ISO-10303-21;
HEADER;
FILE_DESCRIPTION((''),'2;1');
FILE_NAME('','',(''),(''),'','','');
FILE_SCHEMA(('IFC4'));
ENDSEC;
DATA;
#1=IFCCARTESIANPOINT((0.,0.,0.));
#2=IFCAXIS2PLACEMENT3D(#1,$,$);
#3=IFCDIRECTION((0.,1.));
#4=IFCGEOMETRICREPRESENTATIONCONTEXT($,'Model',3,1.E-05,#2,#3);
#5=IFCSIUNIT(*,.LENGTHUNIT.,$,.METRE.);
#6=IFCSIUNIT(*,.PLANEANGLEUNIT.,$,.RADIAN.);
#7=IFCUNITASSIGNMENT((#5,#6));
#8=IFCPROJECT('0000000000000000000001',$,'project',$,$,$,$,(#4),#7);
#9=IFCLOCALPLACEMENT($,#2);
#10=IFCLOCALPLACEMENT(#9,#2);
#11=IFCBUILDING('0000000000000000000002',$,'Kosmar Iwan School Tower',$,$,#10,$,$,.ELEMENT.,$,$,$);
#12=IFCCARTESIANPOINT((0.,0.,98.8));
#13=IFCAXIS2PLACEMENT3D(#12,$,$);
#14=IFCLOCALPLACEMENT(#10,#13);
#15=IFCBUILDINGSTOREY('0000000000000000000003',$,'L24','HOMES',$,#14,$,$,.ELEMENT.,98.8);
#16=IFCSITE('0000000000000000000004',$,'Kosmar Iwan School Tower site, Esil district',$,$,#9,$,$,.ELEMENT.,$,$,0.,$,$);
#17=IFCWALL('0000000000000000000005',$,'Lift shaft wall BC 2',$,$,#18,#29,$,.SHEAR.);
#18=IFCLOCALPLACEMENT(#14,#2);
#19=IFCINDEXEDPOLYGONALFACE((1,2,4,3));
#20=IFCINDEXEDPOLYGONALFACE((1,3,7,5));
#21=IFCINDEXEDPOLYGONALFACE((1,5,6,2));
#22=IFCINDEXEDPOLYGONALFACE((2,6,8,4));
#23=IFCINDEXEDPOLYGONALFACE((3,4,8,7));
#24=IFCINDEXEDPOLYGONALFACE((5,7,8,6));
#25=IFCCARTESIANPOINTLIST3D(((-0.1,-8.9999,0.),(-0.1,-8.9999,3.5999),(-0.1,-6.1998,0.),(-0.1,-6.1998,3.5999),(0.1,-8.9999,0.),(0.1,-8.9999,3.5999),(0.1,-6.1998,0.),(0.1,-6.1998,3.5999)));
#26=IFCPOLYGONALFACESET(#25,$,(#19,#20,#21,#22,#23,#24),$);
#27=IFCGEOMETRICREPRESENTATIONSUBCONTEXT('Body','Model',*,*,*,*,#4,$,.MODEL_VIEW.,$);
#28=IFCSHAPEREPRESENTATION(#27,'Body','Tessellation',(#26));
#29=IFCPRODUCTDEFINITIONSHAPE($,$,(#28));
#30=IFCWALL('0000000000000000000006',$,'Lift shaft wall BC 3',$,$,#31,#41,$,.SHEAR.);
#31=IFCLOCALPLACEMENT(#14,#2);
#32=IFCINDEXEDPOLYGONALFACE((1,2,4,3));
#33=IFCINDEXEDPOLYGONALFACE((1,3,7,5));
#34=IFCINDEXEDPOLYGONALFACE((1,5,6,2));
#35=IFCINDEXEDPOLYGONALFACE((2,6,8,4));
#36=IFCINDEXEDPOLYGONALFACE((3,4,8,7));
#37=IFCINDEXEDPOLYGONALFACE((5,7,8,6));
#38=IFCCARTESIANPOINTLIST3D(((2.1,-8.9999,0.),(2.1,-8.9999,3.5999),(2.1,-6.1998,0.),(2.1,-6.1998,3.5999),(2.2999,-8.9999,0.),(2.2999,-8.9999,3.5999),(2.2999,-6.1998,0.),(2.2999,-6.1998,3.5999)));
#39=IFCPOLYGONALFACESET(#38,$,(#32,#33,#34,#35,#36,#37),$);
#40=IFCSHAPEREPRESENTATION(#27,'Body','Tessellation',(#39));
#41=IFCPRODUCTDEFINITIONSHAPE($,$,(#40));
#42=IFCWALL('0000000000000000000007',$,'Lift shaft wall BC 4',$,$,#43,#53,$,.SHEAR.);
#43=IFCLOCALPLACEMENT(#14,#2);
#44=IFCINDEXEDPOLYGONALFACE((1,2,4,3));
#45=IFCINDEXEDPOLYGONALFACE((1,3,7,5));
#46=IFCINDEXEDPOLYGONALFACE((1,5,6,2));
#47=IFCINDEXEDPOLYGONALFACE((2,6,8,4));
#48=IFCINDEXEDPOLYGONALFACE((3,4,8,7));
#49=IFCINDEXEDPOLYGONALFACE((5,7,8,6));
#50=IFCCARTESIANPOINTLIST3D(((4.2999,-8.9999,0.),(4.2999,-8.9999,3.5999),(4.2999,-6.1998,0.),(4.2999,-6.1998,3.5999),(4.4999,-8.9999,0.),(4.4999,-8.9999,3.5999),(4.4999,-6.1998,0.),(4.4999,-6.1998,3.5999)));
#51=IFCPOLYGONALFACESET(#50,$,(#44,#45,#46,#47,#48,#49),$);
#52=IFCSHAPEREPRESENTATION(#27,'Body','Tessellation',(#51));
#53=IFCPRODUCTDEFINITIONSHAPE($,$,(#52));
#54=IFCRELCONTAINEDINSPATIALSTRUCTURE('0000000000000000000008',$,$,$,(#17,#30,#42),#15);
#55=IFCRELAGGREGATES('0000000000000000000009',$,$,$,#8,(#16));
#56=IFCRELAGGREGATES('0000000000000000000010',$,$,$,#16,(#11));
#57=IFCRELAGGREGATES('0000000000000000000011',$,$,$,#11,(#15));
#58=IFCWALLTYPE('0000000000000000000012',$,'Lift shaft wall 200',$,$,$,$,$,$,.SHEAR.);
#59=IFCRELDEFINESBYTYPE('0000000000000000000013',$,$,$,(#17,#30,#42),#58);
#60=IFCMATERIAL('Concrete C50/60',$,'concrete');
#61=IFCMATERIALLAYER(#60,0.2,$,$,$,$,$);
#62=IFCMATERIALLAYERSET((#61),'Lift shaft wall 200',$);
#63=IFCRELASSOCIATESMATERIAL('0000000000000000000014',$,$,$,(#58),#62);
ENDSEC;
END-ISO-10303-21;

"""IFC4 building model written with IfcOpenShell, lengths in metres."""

from ifc_helpers import new_model, si_unit, direction, frame, frame_2d, origin, place, context, subcontext, project, spatial, rectangle, extrude, material, layer, layer_set, type_object, element, save


model = new_model("IFC4")

# Units and contexts
model_context = context("Model", 3, precision=1e-05, world=origin(), true_north=direction((0.0, 1.0)))
body_context = subcontext(model_context, "Body", "Model", "MODEL_VIEW")
ifc_project = project(units=[si_unit("LENGTHUNIT", "METRE"), si_unit("PLANEANGLEUNIT", "RADIAN")], contexts=[model_context])

# Site, building, storey
site_placement = place(None, origin())
site = spatial("IfcSite", under=ifc_project, at=site_placement, Name="Kosmar Iwan School Tower site, Esil district", CompositionType="ELEMENT", RefElevation=0.0)
building_placement = place(site_placement, origin())
building = spatial("IfcBuilding", under=site, at=building_placement, Name="Kosmar Iwan School Tower", CompositionType="ELEMENT")
storey_placement = place(building_placement, frame((0.0, 0.0, 98.8)))
storey = spatial("IfcBuildingStorey", under=building, at=storey_placement, Name="L24", Description="HOMES", CompositionType="ELEMENT", Elevation=98.8)

# Walls
ifc_material_1 = material(Name="Concrete C50/60", Category="concrete")
ifc_layer_1 = layer(ifc_material_1, 0.2)
ifc_layer_set_1 = layer_set([ifc_layer_1], Name="Lift shaft wall 200")
wall_type_1 = type_object("IfcWallType", Name="Lift shaft wall 200", PredefinedType="SHEAR", material=ifc_layer_set_1)
for number, where, z_axis, x_axis, name in (
    (1, (0.0, -6.2, 0.0), (0.0, 0.0, 1.0), (0.0, -1.0, 0.0), "Lift shaft wall BC 2"),
    (2, (2.2, -6.2, 0.0), (0.0, 0.0, 1.0), (0.0, -1.0, 0.0), "Lift shaft wall BC 3"),
    (3, (4.3999, -6.2, 0.0), (0.0, 0.0, 1.0), (0.0, -1.0, 0.0), "Lift shaft wall BC 4"),
):
    element("IfcWall", number, at=place(storey_placement, frame(where, z_axis=z_axis, x_axis=x_axis)), inside=storey, type_object=wall_type_1, Name=name, PredefinedType="SHEAR", context=body_context, shape_type="SweptSolid", body=[
        extrude(rectangle(XDim=2.8, YDim=0.2, at=frame_2d((1.3999, 0.0))), origin(), (0.0, 0.0, 1.0), 3.5999),
    ])

save(model, "model.ifc")
